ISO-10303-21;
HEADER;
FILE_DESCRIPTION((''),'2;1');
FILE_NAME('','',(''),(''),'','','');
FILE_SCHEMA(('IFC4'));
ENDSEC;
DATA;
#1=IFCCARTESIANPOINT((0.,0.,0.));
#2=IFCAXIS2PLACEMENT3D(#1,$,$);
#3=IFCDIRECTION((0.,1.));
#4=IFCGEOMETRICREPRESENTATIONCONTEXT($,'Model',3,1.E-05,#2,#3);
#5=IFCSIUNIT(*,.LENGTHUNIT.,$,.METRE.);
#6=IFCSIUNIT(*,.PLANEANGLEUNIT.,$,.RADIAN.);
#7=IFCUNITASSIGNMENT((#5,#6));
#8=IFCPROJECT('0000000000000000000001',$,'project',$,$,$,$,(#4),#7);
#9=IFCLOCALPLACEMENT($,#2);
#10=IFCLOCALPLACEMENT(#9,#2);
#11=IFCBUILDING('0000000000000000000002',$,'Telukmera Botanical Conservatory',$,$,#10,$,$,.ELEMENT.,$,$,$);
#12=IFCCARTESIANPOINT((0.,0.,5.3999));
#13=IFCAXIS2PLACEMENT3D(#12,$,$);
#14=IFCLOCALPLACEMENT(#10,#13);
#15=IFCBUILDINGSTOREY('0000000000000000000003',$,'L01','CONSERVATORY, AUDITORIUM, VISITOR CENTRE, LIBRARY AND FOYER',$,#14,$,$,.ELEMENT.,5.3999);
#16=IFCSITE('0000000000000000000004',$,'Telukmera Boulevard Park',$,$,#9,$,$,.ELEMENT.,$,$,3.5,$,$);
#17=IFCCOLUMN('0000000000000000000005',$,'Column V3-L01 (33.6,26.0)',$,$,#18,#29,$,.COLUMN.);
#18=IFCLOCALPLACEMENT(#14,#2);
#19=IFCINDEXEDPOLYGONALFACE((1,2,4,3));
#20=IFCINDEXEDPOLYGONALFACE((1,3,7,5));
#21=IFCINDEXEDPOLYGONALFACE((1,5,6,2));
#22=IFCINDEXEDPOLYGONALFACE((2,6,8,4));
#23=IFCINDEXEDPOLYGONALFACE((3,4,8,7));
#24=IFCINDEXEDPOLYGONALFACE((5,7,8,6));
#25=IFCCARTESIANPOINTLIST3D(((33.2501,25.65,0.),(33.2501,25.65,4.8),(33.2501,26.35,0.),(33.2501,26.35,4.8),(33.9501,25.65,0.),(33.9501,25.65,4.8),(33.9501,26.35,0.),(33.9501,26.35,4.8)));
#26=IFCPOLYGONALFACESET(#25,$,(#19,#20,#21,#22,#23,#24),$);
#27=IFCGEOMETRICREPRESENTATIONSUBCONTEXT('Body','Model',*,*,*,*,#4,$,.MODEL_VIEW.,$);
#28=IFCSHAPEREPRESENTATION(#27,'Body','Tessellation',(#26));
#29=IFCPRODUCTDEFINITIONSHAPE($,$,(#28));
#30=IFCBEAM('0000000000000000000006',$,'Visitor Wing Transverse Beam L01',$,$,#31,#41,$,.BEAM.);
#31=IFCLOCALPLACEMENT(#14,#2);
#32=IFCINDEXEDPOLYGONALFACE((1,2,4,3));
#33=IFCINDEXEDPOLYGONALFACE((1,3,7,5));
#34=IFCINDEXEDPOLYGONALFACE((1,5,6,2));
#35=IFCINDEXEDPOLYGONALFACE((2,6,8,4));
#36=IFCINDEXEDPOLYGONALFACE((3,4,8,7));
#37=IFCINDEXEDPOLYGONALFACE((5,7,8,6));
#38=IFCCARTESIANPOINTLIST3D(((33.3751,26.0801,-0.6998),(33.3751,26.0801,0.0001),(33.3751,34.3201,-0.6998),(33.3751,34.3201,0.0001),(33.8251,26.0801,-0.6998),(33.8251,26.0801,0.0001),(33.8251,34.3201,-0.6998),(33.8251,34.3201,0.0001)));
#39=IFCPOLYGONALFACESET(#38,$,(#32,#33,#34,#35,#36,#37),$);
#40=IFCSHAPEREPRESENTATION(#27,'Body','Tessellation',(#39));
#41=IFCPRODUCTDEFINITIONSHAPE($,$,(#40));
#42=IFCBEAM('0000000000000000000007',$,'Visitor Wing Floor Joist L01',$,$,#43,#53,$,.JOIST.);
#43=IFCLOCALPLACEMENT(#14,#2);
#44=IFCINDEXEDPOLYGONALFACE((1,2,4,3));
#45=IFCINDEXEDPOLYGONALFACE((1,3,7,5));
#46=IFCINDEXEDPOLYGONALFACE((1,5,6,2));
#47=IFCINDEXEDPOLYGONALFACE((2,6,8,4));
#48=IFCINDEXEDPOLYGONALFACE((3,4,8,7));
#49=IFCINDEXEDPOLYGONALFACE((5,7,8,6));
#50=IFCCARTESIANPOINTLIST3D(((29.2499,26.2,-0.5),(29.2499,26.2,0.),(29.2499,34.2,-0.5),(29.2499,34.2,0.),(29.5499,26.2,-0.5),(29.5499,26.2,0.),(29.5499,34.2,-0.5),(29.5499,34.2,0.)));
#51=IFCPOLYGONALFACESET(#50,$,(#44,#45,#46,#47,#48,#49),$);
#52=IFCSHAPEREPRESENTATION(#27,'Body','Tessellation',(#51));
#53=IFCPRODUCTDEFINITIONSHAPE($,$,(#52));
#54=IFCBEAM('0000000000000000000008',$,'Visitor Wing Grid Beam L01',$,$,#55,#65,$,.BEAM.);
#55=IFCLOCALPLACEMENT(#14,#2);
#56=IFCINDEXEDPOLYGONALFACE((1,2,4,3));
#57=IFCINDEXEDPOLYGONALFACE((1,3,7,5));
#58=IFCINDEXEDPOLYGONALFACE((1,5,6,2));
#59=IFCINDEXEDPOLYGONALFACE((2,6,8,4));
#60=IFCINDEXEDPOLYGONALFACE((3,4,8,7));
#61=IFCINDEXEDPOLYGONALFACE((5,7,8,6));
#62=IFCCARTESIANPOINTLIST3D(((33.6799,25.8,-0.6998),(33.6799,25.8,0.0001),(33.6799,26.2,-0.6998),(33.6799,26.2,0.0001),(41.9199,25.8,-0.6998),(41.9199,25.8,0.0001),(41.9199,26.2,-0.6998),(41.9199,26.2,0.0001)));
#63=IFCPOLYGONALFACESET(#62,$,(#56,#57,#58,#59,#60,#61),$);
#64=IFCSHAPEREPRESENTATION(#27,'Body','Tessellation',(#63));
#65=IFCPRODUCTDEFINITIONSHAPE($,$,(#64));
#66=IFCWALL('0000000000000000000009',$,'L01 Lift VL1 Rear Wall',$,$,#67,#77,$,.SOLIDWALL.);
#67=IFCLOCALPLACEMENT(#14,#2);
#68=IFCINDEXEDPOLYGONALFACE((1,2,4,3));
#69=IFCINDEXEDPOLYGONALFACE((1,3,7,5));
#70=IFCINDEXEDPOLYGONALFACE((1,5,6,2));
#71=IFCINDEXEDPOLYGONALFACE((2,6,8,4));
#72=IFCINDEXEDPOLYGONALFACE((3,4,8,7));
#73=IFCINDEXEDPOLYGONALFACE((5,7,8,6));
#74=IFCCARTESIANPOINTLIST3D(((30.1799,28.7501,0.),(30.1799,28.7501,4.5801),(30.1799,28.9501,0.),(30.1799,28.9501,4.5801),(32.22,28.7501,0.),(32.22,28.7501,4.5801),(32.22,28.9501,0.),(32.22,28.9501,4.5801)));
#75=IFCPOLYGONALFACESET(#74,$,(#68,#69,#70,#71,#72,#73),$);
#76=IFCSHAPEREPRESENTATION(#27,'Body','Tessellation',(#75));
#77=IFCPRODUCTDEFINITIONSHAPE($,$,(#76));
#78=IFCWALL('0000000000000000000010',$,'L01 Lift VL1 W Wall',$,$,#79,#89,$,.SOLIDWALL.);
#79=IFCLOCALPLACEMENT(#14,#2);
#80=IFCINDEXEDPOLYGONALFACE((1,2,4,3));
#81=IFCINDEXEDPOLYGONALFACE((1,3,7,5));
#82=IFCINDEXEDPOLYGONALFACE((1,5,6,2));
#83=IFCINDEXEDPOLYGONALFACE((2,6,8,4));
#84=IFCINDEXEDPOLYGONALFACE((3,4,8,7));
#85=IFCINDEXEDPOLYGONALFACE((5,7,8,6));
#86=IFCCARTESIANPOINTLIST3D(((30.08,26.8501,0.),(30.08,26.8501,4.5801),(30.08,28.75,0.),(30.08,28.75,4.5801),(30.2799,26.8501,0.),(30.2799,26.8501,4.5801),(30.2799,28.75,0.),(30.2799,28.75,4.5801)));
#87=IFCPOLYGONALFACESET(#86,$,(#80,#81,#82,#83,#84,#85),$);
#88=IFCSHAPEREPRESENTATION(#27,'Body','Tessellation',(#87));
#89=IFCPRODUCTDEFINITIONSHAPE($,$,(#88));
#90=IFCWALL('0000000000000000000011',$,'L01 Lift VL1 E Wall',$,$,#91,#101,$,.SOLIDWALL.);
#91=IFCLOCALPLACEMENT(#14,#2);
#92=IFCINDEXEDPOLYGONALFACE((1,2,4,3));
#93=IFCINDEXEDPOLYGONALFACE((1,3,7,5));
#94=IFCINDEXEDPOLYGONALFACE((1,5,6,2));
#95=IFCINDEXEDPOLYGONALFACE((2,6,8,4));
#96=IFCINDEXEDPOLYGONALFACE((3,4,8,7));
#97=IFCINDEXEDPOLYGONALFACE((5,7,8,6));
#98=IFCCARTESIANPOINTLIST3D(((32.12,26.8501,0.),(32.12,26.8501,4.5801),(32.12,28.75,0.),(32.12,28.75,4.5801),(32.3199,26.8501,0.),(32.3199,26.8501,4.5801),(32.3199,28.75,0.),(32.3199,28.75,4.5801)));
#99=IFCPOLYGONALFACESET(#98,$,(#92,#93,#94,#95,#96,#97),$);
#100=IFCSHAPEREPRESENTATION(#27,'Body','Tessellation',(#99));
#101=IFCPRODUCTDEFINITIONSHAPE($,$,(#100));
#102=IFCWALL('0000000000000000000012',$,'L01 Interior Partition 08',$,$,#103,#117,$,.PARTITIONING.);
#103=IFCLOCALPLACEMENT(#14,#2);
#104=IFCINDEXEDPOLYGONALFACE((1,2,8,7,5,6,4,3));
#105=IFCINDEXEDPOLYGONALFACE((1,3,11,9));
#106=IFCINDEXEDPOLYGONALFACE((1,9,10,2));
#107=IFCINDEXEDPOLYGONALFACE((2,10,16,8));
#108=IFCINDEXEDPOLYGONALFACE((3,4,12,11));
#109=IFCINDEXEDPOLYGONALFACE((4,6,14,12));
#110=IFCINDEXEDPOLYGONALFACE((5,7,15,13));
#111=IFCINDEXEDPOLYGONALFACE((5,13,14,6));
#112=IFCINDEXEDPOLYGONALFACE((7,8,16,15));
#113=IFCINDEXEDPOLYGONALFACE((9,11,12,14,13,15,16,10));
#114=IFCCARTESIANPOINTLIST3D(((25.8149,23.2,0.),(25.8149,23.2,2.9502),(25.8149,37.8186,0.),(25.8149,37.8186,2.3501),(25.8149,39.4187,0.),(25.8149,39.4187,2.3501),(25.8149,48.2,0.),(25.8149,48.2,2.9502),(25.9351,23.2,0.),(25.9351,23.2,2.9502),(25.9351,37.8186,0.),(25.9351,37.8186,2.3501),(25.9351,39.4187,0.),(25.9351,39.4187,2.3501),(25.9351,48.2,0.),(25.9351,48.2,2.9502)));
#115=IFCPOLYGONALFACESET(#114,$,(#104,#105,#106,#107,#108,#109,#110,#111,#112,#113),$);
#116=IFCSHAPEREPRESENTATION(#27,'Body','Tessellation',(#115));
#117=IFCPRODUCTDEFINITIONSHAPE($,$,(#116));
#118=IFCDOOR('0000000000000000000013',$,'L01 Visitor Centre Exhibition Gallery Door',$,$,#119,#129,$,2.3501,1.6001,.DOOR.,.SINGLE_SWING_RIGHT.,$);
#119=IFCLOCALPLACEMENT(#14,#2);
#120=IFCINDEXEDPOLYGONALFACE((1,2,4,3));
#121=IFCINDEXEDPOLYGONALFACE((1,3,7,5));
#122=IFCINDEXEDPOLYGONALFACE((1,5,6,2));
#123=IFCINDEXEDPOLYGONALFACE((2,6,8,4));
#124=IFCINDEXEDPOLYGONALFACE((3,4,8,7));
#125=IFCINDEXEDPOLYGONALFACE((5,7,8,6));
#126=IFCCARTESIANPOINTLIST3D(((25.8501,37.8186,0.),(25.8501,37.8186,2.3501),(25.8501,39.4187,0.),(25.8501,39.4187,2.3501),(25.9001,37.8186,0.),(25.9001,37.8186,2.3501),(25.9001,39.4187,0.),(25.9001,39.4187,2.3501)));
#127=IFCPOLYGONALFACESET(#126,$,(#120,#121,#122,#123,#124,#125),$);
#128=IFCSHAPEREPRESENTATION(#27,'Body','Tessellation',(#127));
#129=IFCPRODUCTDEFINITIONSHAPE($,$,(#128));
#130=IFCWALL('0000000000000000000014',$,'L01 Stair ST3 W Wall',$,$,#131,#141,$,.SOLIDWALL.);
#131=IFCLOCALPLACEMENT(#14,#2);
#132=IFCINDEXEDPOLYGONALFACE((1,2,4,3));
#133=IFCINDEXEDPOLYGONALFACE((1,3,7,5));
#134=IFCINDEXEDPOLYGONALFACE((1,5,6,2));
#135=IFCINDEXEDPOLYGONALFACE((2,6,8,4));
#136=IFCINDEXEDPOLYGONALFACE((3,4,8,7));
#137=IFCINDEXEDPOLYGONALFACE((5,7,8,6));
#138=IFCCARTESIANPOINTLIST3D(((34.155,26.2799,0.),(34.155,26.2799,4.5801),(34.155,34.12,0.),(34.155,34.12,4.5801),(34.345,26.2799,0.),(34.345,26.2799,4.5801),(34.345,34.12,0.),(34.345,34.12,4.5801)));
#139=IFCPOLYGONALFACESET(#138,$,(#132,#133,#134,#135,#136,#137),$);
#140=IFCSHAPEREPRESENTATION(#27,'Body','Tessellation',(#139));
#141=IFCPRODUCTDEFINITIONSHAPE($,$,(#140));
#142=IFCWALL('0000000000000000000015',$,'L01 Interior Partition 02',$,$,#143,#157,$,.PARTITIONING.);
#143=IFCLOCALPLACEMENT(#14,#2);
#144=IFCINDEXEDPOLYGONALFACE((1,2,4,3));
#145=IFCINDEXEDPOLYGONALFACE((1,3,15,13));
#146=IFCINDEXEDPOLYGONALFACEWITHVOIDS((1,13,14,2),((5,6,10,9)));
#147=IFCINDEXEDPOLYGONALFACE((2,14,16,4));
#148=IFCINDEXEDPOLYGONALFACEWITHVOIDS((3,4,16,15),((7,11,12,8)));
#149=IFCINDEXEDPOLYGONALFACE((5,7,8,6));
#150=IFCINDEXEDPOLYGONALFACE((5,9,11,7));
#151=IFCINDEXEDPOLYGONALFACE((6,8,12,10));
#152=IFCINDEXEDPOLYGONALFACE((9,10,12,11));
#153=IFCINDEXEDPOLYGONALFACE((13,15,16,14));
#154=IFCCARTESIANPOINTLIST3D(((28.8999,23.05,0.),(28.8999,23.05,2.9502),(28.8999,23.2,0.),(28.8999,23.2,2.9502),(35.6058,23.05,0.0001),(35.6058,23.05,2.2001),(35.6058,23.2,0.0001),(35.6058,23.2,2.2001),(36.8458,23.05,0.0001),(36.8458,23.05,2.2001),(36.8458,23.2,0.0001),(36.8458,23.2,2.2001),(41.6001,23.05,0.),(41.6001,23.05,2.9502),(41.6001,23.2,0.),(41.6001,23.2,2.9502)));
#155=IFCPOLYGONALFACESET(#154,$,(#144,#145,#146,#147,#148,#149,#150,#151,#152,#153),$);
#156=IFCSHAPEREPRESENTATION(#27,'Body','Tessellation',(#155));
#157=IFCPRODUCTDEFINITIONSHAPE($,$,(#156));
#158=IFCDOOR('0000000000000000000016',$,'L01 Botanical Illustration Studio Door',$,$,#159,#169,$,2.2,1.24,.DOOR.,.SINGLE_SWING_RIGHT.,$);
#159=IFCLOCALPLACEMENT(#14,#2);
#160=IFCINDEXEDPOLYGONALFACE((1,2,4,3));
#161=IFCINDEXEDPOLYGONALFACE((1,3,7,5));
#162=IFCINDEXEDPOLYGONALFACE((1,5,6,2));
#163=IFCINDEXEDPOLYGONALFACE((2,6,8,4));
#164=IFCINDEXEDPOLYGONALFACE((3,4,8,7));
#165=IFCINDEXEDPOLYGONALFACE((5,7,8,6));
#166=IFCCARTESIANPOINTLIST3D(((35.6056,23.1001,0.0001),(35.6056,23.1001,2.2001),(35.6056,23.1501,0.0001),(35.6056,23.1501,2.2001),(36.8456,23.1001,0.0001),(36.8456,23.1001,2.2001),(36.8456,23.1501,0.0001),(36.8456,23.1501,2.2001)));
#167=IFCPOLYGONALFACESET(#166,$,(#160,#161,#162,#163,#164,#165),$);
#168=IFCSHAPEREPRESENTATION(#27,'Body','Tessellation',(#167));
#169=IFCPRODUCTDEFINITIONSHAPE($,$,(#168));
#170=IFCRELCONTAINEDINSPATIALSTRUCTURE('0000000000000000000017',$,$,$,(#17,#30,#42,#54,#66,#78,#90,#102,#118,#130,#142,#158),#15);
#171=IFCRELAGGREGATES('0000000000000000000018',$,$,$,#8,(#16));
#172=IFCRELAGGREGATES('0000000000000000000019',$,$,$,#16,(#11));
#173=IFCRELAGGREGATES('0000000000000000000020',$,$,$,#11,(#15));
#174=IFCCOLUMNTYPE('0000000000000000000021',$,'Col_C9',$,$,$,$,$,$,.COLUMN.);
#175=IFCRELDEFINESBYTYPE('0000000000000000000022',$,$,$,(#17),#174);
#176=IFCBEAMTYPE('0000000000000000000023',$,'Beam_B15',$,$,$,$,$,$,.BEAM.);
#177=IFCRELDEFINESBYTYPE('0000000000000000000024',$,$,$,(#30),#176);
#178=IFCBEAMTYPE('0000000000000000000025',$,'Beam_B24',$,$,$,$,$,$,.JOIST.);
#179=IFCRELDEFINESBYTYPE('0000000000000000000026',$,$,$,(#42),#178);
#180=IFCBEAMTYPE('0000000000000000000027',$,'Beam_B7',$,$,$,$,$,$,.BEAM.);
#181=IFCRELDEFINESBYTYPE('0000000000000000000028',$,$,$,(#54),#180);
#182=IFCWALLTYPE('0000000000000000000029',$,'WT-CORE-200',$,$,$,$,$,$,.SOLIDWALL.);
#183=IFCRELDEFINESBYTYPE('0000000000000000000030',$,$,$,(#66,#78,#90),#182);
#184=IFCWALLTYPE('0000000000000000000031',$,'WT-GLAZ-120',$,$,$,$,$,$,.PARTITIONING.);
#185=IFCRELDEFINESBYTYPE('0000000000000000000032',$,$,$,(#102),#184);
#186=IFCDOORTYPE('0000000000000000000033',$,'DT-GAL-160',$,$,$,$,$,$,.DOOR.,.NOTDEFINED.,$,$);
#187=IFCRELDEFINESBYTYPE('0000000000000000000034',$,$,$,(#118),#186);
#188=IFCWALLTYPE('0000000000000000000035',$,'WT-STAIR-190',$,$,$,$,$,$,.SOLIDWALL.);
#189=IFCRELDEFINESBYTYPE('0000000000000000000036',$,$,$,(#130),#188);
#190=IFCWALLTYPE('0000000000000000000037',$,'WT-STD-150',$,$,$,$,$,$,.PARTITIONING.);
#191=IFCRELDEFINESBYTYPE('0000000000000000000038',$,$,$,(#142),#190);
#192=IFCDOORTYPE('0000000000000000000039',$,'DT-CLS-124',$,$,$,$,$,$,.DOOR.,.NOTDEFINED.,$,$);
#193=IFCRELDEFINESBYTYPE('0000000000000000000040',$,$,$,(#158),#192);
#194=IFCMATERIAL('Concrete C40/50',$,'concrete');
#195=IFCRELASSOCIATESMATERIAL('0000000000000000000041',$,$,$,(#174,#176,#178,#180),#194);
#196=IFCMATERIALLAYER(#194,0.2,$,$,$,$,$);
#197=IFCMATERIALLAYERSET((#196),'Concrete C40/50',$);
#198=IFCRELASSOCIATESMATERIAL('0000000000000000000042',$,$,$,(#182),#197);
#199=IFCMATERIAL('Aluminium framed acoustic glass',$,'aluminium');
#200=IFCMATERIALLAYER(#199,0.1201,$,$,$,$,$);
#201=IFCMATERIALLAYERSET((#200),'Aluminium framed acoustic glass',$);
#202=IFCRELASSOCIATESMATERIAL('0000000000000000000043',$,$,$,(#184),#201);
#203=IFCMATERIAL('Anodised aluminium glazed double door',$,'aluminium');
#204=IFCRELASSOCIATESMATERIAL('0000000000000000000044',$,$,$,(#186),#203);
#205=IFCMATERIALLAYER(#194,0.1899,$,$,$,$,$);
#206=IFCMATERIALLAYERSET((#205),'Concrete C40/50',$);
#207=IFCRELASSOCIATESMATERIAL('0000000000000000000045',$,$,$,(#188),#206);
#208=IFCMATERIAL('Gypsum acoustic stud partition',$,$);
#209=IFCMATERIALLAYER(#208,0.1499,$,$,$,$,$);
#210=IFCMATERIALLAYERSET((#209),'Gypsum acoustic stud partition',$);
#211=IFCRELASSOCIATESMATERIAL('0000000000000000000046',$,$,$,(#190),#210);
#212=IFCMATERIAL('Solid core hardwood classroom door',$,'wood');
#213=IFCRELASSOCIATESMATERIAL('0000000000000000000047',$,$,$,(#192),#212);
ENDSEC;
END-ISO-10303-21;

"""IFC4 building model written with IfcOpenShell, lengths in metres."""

from ifc_helpers import new_model, si_unit, direction, frame, frame_2d, origin, origin_2d, place, context, subcontext, project, spatial, rectangle, extrude, material, layer, layer_set, material_profile, profile_set, type_object, element, fill, save


model = new_model("IFC4")

# Units and contexts
model_context = context("Model", 3, precision=1e-05, world=origin(), true_north=direction((0.0, 1.0)))
body_context = subcontext(model_context, "Body", "Model", "MODEL_VIEW")
ifc_project = project(units=[si_unit("LENGTHUNIT", "METRE"), si_unit("PLANEANGLEUNIT", "RADIAN")], contexts=[model_context])

# Site, building, storey
site_placement = place(None, origin())
site = spatial("IfcSite", under=ifc_project, at=site_placement, Name="Telukmera Boulevard Park", CompositionType="ELEMENT", RefElevation=3.5)
building_placement = place(site_placement, origin())
building = spatial("IfcBuilding", under=site, at=building_placement, Name="Telukmera Botanical Conservatory", CompositionType="ELEMENT")
storey_placement = place(building_placement, frame((0.0, 0.0, 5.3999)))
storey = spatial("IfcBuildingStorey", under=building, at=storey_placement, Name="L01", Description="CONSERVATORY, AUDITORIUM, VISITOR CENTRE, LIBRARY AND FOYER", CompositionType="ELEMENT", Elevation=5.3999)

# Column
ifc_material_1 = material(Name="Concrete C40/50", Category="concrete")
ifc_material_profile_1 = material_profile(ifc_material_1, rectangle(XDim=0.7, YDim=0.7, at=origin_2d()), Name="RC 700x700")
ifc_profile_set_1 = profile_set([ifc_material_profile_1], Name="Concrete C40/50")
column_type = type_object("IfcColumnType", Name="Col_C9", PredefinedType="COLUMN", material=ifc_profile_set_1)
column_placement = place(storey_placement, frame((33.6001, 26.0, 0.0), z_axis=(0.0, 0.0, 1.0), x_axis=(1.0, 0.0, 0.0)))
element("IfcColumn", 1, at=column_placement, inside=storey, type_object=column_type, Name="Column V3-L01 (33.6,26.0)", PredefinedType="COLUMN", context=body_context, shape_type="SweptSolid", body=[
    extrude(rectangle(XDim=0.7, YDim=0.7, at=origin_2d()), origin(), (0.0, 0.0, 1.0), 4.8),
])

# Beams
ifc_material_profile_2 = material_profile(ifc_material_1, rectangle(XDim=0.45, YDim=0.7, at=origin_2d()), Name="RC 450x700")
ifc_profile_set_2 = profile_set([ifc_material_profile_2], Name="Concrete C40/50")
beam_type_1 = type_object("IfcBeamType", Name="Beam_B15", PredefinedType="BEAM", material=ifc_profile_set_2)
beam_1_placement = place(storey_placement, frame((33.6001, 26.0801, -0.3499), z_axis=(0.0, 1.0, 0.0), x_axis=(-1.0, 0.0, 0.0)))
element("IfcBeam", 2, at=beam_1_placement, inside=storey, type_object=beam_type_1, Name="Visitor Wing Transverse Beam L01", PredefinedType="BEAM", context=body_context, shape_type="SweptSolid", body=[
    extrude(rectangle(XDim=0.45, YDim=0.7, at=origin_2d()), origin(), (0.0, 0.0, 1.0), 8.24),
])
ifc_material_profile_3 = material_profile(ifc_material_1, rectangle(XDim=0.3, YDim=0.5, at=origin_2d()), Name="RC 300x500")
ifc_profile_set_3 = profile_set([ifc_material_profile_3], Name="Concrete C40/50")
beam_type_2 = type_object("IfcBeamType", Name="Beam_B24", PredefinedType="JOIST", material=ifc_profile_set_3)
beam_2_placement = place(storey_placement, frame((29.3999, 26.2, -0.25), z_axis=(0.0, 1.0, 0.0), x_axis=(-1.0, 0.0, 0.0)))
element("IfcBeam", 3, at=beam_2_placement, inside=storey, type_object=beam_type_2, Name="Visitor Wing Floor Joist L01", PredefinedType="JOIST", context=body_context, shape_type="SweptSolid", body=[
    extrude(rectangle(XDim=0.3, YDim=0.5, at=origin_2d()), origin(), (0.0, 0.0, 1.0), 8.0),
])
ifc_material_profile_4 = material_profile(ifc_material_1, rectangle(XDim=0.3999, YDim=0.7, at=origin_2d()), Name="RC 400x700")
ifc_profile_set_4 = profile_set([ifc_material_profile_4], Name="Concrete C40/50")
beam_type_3 = type_object("IfcBeamType", Name="Beam_B7", PredefinedType="BEAM", material=ifc_profile_set_4)
beam_3_placement = place(storey_placement, frame((33.6799, 26.0, -0.3499), z_axis=(1.0, 0.0, 0.0), x_axis=(0.0, 1.0, 0.0)))
element("IfcBeam", 4, at=beam_3_placement, inside=storey, type_object=beam_type_3, Name="Visitor Wing Grid Beam L01", PredefinedType="BEAM", context=body_context, shape_type="SweptSolid", body=[
    extrude(rectangle(XDim=0.3999, YDim=0.7, at=origin_2d()), origin(), (0.0, 0.0, 1.0), 8.24),
])

# Shared definitions
ifc_layer_1 = layer(ifc_material_1, 0.2)
ifc_layer_set_1 = layer_set([ifc_layer_1], Name="Concrete C40/50")
wall_type_1 = type_object("IfcWallType", Name="WT-CORE-200", PredefinedType="SOLIDWALL", material=ifc_layer_set_1)

# Walls
wall_1_placement = place(storey_placement, frame((30.1799, 28.8501, 0.0), z_axis=(0.0, 0.0, 1.0), x_axis=(1.0, 0.0, 0.0)))
element("IfcWall", 5, at=wall_1_placement, inside=storey, type_object=wall_type_1, Name="L01 Lift VL1 Rear Wall", PredefinedType="SOLIDWALL", context=body_context, shape_type="SweptSolid", body=[
    extrude(rectangle(XDim=2.04, YDim=0.2, at=frame_2d((1.02, 0.0))), origin(), (0.0, 0.0, 1.0), 4.5801),
])
for number, where, z_axis, x_axis, name in (
    (6, (30.1799, 26.8501, 0.0), (0.0, 0.0, 1.0), (0.0, 1.0, 0.0), "L01 Lift VL1 W Wall"),
    (7, (32.22, 26.8501, 0.0), (0.0, 0.0, 1.0), (0.0, 1.0, 0.0), "L01 Lift VL1 E Wall"),
):
    element("IfcWall", number, at=place(storey_placement, frame(where, z_axis=z_axis, x_axis=x_axis)), inside=storey, type_object=wall_type_1, Name=name, PredefinedType="SOLIDWALL", context=body_context, shape_type="SweptSolid", body=[
        extrude(rectangle(XDim=1.8999, YDim=0.2, at=frame_2d((0.95, 0.0))), origin(), (0.0, 0.0, 1.0), 4.5801),
    ])

# Wall, opening, door
ifc_material_2 = material(Name="Aluminium framed acoustic glass", Category="aluminium")
ifc_layer_2 = layer(ifc_material_2, 0.1201)
ifc_layer_set_2 = layer_set([ifc_layer_2], Name="Aluminium framed acoustic glass")
wall_type_2 = type_object("IfcWallType", Name="WT-GLAZ-120", PredefinedType="PARTITIONING", material=ifc_layer_set_2)
wall_2_placement = place(storey_placement, frame((25.875, 23.2, 0.0), z_axis=(0.0, 0.0, 1.0), x_axis=(0.0, 1.0, 0.0)))
wall_2 = element("IfcWall", 8, at=wall_2_placement, inside=storey, type_object=wall_type_2, Name="L01 Interior Partition 08", PredefinedType="PARTITIONING", context=body_context, shape_type="SweptSolid", body=[
    extrude(rectangle(XDim=25.0, YDim=0.1201, at=frame_2d((12.5, 0.0))), origin(), (0.0, 0.0, 1.0), 2.9502),
])
opening_1_placement = place(wall_2_placement, frame((14.6187, 0.0, 0.0)))
opening_1 = element("IfcOpeningElement", 9, at=opening_1_placement, cuts=wall_2, PredefinedType="OPENING", context=body_context, shape_type="SweptSolid", body=[
    extrude(rectangle(XDim=1.6001, YDim=2.3501, at=frame_2d((0.8, 1.175))), frame((0.0, 0.0701, 0.0), z_axis=(0.0, -1.0, 0.0), x_axis=(1.0, 0.0, 0.0)), (0.0, 0.0, 1.0), 0.1401),
])
ifc_material_3 = material(Name="Anodised aluminium glazed double door", Category="aluminium")
door_type_1 = type_object("IfcDoorType", Name="DT-GAL-160", OperationType="NOTDEFINED", PredefinedType="DOOR", material=ifc_material_3)
door_1_placement = place(opening_1_placement, origin())
door_1 = element("IfcDoor", 10, at=door_1_placement, inside=storey, type_object=door_type_1, Name="L01 Visitor Centre Exhibition Gallery Door", OperationType="SINGLE_SWING_RIGHT", OverallHeight=2.3501, OverallWidth=1.6001, PredefinedType="DOOR", context=body_context, shape_type="SweptSolid", body=[
    extrude(rectangle(XDim=1.6001, YDim=2.3501, at=frame_2d((0.8, 1.175))), frame((0.0, 0.0249, 0.0), z_axis=(0.0, -1.0, 0.0), x_axis=(1.0, 0.0, 0.0)), (0.0, 0.0, 1.0), 0.05),
])
fill(opening_1, door_1)
ifc_layer_3 = layer(ifc_material_1, 0.1899)
ifc_layer_set_3 = layer_set([ifc_layer_3], Name="Concrete C40/50")
wall_type_3 = type_object("IfcWallType", Name="WT-STAIR-190", PredefinedType="SOLIDWALL", material=ifc_layer_set_3)

# Wall
wall_3_placement = place(storey_placement, frame((34.25, 26.28, 0.0), z_axis=(0.0, 0.0, 1.0), x_axis=(0.0, 1.0, 0.0)))
element("IfcWall", 11, at=wall_3_placement, inside=storey, type_object=wall_type_3, Name="L01 Stair ST3 W Wall", PredefinedType="SOLIDWALL", context=body_context, shape_type="SweptSolid", body=[
    extrude(rectangle(XDim=7.8401, YDim=0.1899, at=frame_2d((3.9199, 0.0))), origin(), (0.0, 0.0, 1.0), 4.5801),
])

# Wall, opening, door
ifc_material_4 = material(Name="Gypsum acoustic stud partition")
ifc_layer_4 = layer(ifc_material_4, 0.1499)
ifc_layer_set_4 = layer_set([ifc_layer_4], Name="Gypsum acoustic stud partition")
wall_type_4 = type_object("IfcWallType", Name="WT-STD-150", PredefinedType="PARTITIONING", material=ifc_layer_set_4)
wall_4_placement = place(storey_placement, frame((28.8999, 23.125, 0.0), z_axis=(0.0, 0.0, 1.0), x_axis=(1.0, 0.0, 0.0)))
wall_4 = element("IfcWall", 12, at=wall_4_placement, inside=storey, type_object=wall_type_4, Name="L01 Interior Partition 02", PredefinedType="PARTITIONING", context=body_context, shape_type="SweptSolid", body=[
    extrude(rectangle(XDim=12.7002, YDim=0.1499, at=frame_2d((6.3501, 0.0))), origin(), (0.0, 0.0, 1.0), 2.9502),
])
opening_2_placement = place(wall_4_placement, frame((6.7058, 0.0, 0.0)))
opening_2 = element("IfcOpeningElement", 13, at=opening_2_placement, cuts=wall_4, PredefinedType="OPENING", context=body_context, shape_type="SweptSolid", body=[
    extrude(rectangle(XDim=1.24, YDim=2.2, at=frame_2d((0.6201, 1.1001))), frame((0.0, 0.085, 0.0), z_axis=(0.0, -1.0, 0.0), x_axis=(1.0, 0.0, 0.0)), (0.0, 0.0, 1.0), 0.1699),
])
ifc_material_5 = material(Name="Solid core hardwood classroom door", Category="wood")
door_type_2 = type_object("IfcDoorType", Name="DT-CLS-124", OperationType="NOTDEFINED", PredefinedType="DOOR", material=ifc_material_5)
door_2_placement = place(opening_2_placement, frame((1.24, 0.0, 0.0), z_axis=(0.0, 0.0, 1.0), x_axis=(-1.0, 0.0, 0.0)))
door_2 = element("IfcDoor", 14, at=door_2_placement, inside=storey, type_object=door_type_2, Name="L01 Botanical Illustration Studio Door", OperationType="SINGLE_SWING_RIGHT", OverallHeight=2.2, OverallWidth=1.24, PredefinedType="DOOR", context=body_context, shape_type="SweptSolid", body=[
    extrude(rectangle(XDim=1.24, YDim=2.2, at=frame_2d((0.6201, 1.1001))), frame((0.0, 0.0249, 0.0), z_axis=(0.0, -1.0, 0.0), x_axis=(1.0, 0.0, 0.0)), (0.0, 0.0, 1.0), 0.05),
])
fill(opening_2, door_2)

save(model, "model.ifc")
